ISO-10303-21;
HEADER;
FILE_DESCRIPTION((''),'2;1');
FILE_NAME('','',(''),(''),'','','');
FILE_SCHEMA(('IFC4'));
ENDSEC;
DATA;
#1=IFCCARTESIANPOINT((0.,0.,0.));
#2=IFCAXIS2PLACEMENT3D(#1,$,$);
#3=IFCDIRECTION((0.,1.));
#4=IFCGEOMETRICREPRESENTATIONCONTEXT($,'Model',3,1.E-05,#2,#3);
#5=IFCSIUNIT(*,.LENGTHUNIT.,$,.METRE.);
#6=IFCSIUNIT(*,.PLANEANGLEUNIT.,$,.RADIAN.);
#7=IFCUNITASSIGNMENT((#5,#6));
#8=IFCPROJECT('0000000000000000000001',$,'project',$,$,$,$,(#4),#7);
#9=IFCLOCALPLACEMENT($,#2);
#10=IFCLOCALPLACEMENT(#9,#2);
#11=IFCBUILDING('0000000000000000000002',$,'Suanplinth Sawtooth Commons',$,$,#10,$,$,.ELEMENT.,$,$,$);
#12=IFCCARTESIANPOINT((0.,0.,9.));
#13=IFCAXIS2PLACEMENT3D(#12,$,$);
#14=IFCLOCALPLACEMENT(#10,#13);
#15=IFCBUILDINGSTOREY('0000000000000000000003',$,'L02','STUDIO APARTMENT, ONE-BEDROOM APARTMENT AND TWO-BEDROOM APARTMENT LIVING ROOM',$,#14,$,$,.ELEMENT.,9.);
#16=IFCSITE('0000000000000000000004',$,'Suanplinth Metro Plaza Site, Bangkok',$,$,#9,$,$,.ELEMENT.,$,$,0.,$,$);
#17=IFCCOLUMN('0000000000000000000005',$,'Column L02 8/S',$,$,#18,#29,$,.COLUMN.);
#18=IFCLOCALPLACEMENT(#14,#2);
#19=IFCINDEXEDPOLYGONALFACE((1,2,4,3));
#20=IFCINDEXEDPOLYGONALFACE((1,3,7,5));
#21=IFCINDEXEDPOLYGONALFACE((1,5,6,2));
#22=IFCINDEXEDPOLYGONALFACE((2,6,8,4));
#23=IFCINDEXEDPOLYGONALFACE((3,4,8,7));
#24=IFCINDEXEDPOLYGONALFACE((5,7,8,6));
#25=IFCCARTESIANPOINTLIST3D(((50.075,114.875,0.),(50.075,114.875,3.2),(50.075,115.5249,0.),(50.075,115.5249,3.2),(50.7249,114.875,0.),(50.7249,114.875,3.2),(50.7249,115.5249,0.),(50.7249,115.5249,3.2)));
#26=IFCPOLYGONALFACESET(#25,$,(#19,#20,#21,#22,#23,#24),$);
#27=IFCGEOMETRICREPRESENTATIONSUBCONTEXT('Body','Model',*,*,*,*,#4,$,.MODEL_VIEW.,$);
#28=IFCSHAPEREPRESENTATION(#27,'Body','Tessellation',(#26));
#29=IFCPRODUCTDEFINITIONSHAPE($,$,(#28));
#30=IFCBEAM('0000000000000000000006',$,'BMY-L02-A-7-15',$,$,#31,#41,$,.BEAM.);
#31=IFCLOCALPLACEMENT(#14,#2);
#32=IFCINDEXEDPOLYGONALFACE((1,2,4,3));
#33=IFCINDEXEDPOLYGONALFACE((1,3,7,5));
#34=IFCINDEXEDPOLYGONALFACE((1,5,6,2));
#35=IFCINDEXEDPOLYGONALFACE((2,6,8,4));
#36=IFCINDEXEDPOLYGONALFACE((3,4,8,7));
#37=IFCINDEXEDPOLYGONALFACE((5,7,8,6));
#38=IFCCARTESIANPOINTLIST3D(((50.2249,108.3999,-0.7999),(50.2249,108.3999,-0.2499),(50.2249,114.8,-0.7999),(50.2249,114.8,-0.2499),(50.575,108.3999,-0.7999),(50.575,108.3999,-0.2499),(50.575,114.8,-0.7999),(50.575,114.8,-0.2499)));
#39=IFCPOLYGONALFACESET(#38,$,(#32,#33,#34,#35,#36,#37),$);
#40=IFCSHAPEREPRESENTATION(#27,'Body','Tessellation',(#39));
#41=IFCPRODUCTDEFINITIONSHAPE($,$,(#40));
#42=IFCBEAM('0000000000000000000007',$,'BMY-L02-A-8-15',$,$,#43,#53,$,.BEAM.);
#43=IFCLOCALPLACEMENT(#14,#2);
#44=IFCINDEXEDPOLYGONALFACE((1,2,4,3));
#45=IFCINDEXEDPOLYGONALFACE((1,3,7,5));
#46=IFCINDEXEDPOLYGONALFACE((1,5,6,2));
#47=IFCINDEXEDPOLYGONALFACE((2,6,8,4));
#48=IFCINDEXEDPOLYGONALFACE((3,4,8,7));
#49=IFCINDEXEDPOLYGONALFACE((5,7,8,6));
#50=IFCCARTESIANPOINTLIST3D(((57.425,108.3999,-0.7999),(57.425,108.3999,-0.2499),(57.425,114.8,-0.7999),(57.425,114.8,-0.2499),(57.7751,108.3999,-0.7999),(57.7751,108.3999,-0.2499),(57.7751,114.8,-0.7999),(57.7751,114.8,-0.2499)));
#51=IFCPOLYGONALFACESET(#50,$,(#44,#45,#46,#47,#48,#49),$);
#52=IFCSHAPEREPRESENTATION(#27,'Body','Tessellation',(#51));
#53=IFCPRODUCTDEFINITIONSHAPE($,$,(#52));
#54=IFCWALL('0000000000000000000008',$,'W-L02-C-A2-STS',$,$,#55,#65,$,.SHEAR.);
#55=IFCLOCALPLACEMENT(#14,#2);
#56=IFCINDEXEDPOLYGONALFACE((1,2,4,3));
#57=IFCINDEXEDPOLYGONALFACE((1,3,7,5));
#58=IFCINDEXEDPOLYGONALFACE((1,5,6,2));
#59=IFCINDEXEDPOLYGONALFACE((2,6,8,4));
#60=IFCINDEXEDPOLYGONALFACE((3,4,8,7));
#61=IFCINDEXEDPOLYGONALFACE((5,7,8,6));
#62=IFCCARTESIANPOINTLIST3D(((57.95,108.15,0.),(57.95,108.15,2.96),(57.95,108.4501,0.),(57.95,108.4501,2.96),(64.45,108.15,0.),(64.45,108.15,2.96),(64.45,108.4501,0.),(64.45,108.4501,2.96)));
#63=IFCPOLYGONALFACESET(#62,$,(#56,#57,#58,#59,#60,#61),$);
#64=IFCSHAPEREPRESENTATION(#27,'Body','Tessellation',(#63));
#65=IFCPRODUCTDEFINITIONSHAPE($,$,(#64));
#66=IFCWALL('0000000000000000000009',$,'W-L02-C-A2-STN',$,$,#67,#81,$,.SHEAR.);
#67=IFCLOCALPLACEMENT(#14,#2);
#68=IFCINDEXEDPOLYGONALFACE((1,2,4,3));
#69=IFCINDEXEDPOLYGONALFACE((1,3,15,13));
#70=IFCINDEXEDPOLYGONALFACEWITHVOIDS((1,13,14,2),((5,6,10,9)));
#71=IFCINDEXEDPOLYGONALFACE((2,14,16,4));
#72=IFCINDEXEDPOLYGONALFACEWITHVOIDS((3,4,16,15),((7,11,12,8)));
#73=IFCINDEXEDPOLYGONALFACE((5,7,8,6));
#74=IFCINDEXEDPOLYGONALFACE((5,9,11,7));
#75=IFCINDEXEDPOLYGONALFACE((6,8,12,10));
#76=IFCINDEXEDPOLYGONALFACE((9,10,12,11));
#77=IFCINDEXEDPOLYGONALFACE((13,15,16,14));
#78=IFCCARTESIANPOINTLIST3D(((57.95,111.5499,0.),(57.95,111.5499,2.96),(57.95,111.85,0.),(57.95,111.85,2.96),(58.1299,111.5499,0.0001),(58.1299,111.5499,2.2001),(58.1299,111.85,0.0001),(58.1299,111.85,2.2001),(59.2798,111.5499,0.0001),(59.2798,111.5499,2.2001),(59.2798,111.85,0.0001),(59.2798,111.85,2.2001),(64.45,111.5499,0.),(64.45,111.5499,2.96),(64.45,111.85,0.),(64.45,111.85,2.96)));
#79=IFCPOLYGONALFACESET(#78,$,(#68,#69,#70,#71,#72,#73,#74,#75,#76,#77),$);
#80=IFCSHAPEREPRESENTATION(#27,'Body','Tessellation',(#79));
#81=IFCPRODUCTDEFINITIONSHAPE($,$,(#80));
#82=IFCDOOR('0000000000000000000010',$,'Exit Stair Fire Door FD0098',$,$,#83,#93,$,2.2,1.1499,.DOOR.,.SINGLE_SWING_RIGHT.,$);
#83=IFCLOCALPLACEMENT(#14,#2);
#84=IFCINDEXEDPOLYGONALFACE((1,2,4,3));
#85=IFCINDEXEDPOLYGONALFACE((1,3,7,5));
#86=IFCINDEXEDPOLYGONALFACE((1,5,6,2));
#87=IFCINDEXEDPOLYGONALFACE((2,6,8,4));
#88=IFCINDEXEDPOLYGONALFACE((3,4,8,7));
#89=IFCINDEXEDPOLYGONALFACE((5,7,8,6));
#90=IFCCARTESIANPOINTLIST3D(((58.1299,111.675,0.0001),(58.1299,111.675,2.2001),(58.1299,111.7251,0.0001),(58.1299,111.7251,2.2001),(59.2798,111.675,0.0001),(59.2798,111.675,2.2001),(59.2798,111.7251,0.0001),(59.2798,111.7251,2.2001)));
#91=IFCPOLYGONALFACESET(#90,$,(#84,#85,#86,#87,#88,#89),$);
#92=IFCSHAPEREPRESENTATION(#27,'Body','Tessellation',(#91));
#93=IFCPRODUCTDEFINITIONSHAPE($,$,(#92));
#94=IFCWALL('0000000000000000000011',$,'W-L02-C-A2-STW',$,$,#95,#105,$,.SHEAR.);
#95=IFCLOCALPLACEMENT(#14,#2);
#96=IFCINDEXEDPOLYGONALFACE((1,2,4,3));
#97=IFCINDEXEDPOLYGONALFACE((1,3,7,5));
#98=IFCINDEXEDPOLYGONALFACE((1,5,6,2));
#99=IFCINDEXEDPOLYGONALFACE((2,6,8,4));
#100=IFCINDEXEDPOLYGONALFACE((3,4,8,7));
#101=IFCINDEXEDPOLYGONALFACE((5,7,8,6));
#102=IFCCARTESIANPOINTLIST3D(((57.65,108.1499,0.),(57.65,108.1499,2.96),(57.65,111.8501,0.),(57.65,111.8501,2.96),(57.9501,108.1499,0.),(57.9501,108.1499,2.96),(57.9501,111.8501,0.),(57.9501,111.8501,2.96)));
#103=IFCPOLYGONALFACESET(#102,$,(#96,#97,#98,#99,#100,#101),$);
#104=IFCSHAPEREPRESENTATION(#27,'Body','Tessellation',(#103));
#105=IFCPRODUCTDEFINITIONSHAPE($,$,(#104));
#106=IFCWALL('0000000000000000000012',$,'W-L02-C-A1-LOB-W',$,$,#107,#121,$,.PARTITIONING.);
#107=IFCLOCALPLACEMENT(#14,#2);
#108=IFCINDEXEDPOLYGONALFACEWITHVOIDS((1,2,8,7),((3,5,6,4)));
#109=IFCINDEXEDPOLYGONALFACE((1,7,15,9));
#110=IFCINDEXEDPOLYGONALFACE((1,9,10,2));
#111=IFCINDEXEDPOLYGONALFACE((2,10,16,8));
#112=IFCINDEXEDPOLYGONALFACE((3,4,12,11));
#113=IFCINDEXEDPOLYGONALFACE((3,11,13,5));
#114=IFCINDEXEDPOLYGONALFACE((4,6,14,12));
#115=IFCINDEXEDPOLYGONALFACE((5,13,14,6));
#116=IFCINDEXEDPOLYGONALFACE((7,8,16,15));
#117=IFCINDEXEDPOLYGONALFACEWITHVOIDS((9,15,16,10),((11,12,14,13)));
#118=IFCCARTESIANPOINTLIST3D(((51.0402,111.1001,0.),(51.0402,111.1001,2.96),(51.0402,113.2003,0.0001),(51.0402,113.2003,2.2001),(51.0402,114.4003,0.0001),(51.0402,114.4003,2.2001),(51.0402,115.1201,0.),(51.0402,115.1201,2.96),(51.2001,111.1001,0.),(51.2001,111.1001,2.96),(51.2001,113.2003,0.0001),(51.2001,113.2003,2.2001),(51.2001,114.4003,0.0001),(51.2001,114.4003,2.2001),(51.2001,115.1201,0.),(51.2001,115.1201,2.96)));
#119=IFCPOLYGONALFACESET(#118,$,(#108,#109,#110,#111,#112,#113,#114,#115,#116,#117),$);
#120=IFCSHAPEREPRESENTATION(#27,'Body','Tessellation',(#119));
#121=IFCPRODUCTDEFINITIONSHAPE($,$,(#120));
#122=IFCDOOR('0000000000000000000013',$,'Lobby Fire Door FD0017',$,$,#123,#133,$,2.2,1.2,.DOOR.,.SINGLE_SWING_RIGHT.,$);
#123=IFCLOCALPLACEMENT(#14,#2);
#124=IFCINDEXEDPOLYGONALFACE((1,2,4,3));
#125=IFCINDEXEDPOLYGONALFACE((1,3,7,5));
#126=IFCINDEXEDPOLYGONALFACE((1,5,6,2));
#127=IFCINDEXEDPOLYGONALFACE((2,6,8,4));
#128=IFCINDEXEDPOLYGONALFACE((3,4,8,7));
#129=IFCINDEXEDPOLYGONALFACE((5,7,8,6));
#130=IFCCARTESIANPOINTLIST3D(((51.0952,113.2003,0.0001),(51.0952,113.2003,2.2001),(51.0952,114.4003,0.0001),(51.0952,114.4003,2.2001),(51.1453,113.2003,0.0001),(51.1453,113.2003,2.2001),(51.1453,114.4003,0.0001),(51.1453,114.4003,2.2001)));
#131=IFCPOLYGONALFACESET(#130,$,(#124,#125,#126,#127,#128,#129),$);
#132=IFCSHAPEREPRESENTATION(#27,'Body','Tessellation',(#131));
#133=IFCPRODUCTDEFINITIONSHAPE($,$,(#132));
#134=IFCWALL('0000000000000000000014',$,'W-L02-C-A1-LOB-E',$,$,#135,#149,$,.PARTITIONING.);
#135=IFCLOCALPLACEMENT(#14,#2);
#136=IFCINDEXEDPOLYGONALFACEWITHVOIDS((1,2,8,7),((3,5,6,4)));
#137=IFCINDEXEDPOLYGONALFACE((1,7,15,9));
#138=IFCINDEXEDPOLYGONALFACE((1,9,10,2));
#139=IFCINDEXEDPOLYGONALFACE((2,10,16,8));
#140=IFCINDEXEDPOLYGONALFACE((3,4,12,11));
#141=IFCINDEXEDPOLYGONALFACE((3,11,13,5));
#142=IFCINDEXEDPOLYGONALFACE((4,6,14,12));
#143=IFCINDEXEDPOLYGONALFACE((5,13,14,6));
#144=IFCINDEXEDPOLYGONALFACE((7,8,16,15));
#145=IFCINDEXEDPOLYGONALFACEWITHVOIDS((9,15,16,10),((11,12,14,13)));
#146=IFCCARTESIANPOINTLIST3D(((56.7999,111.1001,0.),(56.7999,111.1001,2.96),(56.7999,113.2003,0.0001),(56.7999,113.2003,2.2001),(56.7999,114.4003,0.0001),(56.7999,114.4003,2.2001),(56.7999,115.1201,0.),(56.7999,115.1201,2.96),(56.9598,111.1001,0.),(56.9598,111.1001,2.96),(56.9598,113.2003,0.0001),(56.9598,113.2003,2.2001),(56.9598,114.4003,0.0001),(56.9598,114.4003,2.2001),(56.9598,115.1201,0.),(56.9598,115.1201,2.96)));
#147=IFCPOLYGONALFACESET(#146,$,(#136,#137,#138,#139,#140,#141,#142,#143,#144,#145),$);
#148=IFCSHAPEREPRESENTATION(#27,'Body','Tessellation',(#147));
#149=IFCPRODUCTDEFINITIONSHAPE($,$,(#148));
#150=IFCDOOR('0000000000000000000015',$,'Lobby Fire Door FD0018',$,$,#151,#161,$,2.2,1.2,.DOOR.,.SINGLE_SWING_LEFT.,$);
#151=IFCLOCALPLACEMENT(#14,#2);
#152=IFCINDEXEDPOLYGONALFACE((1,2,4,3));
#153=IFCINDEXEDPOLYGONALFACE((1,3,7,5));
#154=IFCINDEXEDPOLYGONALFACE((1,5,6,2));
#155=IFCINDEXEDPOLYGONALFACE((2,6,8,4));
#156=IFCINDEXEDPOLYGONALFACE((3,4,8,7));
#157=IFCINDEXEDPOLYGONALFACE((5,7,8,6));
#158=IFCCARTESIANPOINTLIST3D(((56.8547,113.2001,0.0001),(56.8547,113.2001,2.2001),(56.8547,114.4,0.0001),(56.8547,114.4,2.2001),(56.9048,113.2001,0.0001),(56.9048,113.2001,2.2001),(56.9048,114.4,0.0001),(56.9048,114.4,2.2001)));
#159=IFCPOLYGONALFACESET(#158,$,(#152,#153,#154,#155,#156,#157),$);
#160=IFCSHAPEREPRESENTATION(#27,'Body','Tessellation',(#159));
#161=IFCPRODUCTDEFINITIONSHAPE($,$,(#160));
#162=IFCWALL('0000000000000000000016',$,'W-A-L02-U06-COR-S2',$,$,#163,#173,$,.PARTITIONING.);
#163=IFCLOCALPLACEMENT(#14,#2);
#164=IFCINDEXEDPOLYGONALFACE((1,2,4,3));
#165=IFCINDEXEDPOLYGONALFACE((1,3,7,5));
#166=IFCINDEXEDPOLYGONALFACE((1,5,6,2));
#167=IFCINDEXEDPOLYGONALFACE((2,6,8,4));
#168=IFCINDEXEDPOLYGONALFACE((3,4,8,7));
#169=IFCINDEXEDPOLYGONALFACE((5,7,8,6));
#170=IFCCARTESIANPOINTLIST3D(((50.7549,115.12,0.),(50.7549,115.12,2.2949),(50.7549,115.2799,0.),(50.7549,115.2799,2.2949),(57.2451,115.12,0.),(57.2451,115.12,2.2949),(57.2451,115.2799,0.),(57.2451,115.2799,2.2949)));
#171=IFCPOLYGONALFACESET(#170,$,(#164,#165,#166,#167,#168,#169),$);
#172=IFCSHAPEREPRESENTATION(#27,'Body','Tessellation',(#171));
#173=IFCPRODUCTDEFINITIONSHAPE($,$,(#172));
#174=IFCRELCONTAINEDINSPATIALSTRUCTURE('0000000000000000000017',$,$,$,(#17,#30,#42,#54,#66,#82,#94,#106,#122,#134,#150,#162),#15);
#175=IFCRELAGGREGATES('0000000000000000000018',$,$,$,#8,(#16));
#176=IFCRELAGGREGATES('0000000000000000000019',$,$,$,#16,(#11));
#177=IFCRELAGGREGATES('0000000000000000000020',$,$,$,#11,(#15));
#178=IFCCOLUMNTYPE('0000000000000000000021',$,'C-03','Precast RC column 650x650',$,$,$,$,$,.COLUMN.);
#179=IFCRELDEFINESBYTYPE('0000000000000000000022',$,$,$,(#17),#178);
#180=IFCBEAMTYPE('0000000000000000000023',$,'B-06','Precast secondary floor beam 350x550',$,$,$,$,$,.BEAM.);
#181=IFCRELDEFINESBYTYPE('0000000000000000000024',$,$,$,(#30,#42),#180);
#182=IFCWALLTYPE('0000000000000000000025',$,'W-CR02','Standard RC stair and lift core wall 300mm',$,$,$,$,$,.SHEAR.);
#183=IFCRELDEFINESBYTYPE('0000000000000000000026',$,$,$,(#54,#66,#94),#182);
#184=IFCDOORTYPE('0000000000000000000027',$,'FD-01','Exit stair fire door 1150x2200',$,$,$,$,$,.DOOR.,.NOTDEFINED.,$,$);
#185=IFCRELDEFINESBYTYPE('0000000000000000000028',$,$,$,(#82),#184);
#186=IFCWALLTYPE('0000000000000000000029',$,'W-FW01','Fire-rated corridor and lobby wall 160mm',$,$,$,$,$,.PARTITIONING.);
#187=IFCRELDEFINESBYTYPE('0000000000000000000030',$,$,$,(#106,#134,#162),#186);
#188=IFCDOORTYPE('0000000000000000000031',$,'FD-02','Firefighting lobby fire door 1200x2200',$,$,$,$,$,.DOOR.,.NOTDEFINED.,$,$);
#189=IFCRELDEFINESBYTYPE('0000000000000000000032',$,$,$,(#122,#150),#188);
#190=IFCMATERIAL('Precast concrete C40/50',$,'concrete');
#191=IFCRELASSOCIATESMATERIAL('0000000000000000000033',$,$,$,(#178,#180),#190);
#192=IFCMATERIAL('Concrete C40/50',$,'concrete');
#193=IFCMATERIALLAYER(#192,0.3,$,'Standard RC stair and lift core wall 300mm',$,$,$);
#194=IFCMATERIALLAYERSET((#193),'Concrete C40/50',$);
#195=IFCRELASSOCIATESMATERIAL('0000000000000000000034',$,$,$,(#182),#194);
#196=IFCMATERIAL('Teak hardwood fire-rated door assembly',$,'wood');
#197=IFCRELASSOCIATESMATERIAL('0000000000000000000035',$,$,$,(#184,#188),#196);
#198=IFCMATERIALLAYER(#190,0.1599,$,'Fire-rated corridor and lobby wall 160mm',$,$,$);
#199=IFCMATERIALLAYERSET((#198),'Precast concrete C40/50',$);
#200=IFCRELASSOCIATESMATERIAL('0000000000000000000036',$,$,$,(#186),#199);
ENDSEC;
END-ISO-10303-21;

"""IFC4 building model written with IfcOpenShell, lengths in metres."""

from ifc_helpers import new_model, si_unit, direction, frame, frame_2d, origin, origin_2d, place, context, subcontext, project, spatial, rectangle, extrude, material, layer, layer_set, material_profile, profile_set, type_object, element, fill, save


model = new_model("IFC4")

# Units and contexts
model_context = context("Model", 3, precision=1e-05, world=origin(), true_north=direction((0.0, 1.0)))
body_context = subcontext(model_context, "Body", "Model", "MODEL_VIEW")
ifc_project = project(units=[si_unit("LENGTHUNIT", "METRE"), si_unit("PLANEANGLEUNIT", "RADIAN")], contexts=[model_context])

# Site, building, storey
site_placement = place(None, origin())
site = spatial("IfcSite", under=ifc_project, at=site_placement, Name="Suanplinth Metro Plaza Site, Bangkok", CompositionType="ELEMENT", RefElevation=0.0)
building_placement = place(site_placement, origin())
building = spatial("IfcBuilding", under=site, at=building_placement, Name="Suanplinth Sawtooth Commons", CompositionType="ELEMENT")
storey_placement = place(building_placement, frame((0.0, 0.0, 9.0)))
storey = spatial("IfcBuildingStorey", under=building, at=storey_placement, Name="L02", Description="STUDIO APARTMENT, ONE-BEDROOM APARTMENT AND TWO-BEDROOM APARTMENT LIVING ROOM", CompositionType="ELEMENT", Elevation=9.0)

# Column
ifc_material_1 = material(Name="Precast concrete C40/50", Category="concrete")
ifc_material_profile_1 = material_profile(ifc_material_1, rectangle(XDim=0.6499, YDim=0.6499, at=origin_2d()), Name="PC-COL 650x650")
ifc_profile_set_1 = profile_set([ifc_material_profile_1], Name="Precast concrete C40/50")
column_type = type_object("IfcColumnType", Name="C-03", Description="Precast RC column 650x650", PredefinedType="COLUMN", material=ifc_profile_set_1)
column_placement = place(storey_placement, frame((50.3999, 115.2, 0.0), z_axis=(0.0, 0.0, 1.0), x_axis=(1.0, 0.0, 0.0)))
element("IfcColumn", 1, at=column_placement, inside=storey, type_object=column_type, Name="Column L02 8/S", PredefinedType="COLUMN", context=body_context, shape_type="SweptSolid", body=[
    extrude(rectangle(XDim=0.6499, YDim=0.6499, at=origin_2d()), origin(), (0.0, 0.0, 1.0), 3.2),
])

# Beams
ifc_material_profile_2 = material_profile(ifc_material_1, rectangle(XDim=0.3501, YDim=0.55, at=origin_2d()), Name="PC-BM 350x550")
ifc_profile_set_2 = profile_set([ifc_material_profile_2], Name="Precast concrete C40/50")
beam_type = type_object("IfcBeamType", Name="B-06", Description="Precast secondary floor beam 350x550", PredefinedType="BEAM", material=ifc_profile_set_2)
for number, where, z_axis, x_axis, name in (
    (2, (50.3999, 108.3999, -0.5249), (0.0, 1.0, 0.0), (-1.0, 0.0, 0.0), "BMY-L02-A-7-15"),
    (3, (57.6001, 108.3999, -0.5249), (0.0, 1.0, 0.0), (-1.0, 0.0, 0.0), "BMY-L02-A-8-15"),
):
    element("IfcBeam", number, at=place(storey_placement, frame(where, z_axis=z_axis, x_axis=x_axis)), inside=storey, type_object=beam_type, Name=name, PredefinedType="BEAM", context=body_context, shape_type="SweptSolid", body=[
        extrude(rectangle(XDim=0.3501, YDim=0.55, at=origin_2d()), origin(), (0.0, 0.0, 1.0), 6.4001),
    ])

# Wall
ifc_material_2 = material(Name="Concrete C40/50", Category="concrete")
ifc_layer_1 = layer(ifc_material_2, 0.3, Name="Standard RC stair and lift core wall 300mm")
ifc_layer_set_1 = layer_set([ifc_layer_1], Name="Concrete C40/50")
wall_type_1 = type_object("IfcWallType", Name="W-CR02", Description="Standard RC stair and lift core wall 300mm", PredefinedType="SHEAR", material=ifc_layer_set_1)
wall_1_placement = place(storey_placement, frame((57.95, 108.3, 0.0), z_axis=(0.0, 0.0, 1.0), x_axis=(1.0, 0.0, 0.0)))
element("IfcWall", 4, at=wall_1_placement, inside=storey, type_object=wall_type_1, Name="W-L02-C-A2-STS", PredefinedType="SHEAR", context=body_context, shape_type="SweptSolid", body=[
    extrude(rectangle(XDim=6.5, YDim=0.3, at=frame_2d((3.25, 0.0))), origin(), (0.0, 0.0, 1.0), 2.96),
])

# Wall, opening, door
wall_2_placement = place(storey_placement, frame((57.95, 111.7, 0.0), z_axis=(0.0, 0.0, 1.0), x_axis=(1.0, 0.0, 0.0)))
wall_2 = element("IfcWall", 5, at=wall_2_placement, inside=storey, type_object=wall_type_1, Name="W-L02-C-A2-STN", PredefinedType="SHEAR", context=body_context, shape_type="SweptSolid", body=[
    extrude(rectangle(XDim=6.5, YDim=0.3, at=frame_2d((3.25, 0.0))), origin(), (0.0, 0.0, 1.0), 2.96),
])
opening_1_placement = place(wall_2_placement, frame((0.1799, 0.0, 0.0)))
opening_1 = element("IfcOpeningElement", 6, at=opening_1_placement, cuts=wall_2, PredefinedType="OPENING", context=body_context, shape_type="SweptSolid", body=[
    extrude(rectangle(XDim=1.1499, YDim=2.2, at=frame_2d((0.575, 1.1001))), frame((0.0, 0.165, 0.0), z_axis=(0.0, -1.0, 0.0), x_axis=(1.0, 0.0, 0.0)), (0.0, 0.0, 1.0), 0.3298),
])
ifc_material_3 = material(Name="Teak hardwood fire-rated door assembly", Category="wood")
door_type_1 = type_object("IfcDoorType", Name="FD-01", Description="Exit stair fire door 1150x2200", OperationType="NOTDEFINED", PredefinedType="DOOR", material=ifc_material_3)
door_1_placement = place(opening_1_placement, frame((1.1499, 0.0, 0.0), z_axis=(0.0, 0.0, 1.0), x_axis=(-1.0, 0.0, 0.0)))
door_1 = element("IfcDoor", 7, at=door_1_placement, inside=storey, type_object=door_type_1, Name="Exit Stair Fire Door FD0098", OperationType="SINGLE_SWING_RIGHT", OverallHeight=2.2, OverallWidth=1.1499, PredefinedType="DOOR", context=body_context, shape_type="SweptSolid", body=[
    extrude(rectangle(XDim=1.1499, YDim=2.2, at=frame_2d((0.575, 1.1001))), frame((0.0, 0.0249, 0.0), z_axis=(0.0, -1.0, 0.0), x_axis=(1.0, 0.0, 0.0)), (0.0, 0.0, 1.0), 0.05),
])
fill(opening_1, door_1)

# Wall
wall_3_placement = place(storey_placement, frame((57.8, 108.1499, 0.0), z_axis=(0.0, 0.0, 1.0), x_axis=(0.0, 1.0, 0.0)))
element("IfcWall", 8, at=wall_3_placement, inside=storey, type_object=wall_type_1, Name="W-L02-C-A2-STW", PredefinedType="SHEAR", context=body_context, shape_type="SweptSolid", body=[
    extrude(rectangle(XDim=3.7002, YDim=0.3, at=frame_2d((1.8501, 0.0))), origin(), (0.0, 0.0, 1.0), 2.96),
])

# Walls, openings, doors
ifc_layer_2 = layer(ifc_material_1, 0.1599, Name="Fire-rated corridor and lobby wall 160mm")
ifc_layer_set_2 = layer_set([ifc_layer_2], Name="Precast concrete C40/50")
wall_type_2 = type_object("IfcWallType", Name="W-FW01", Description="Fire-rated corridor and lobby wall 160mm", PredefinedType="PARTITIONING", material=ifc_layer_set_2)
wall_4_placement = place(storey_placement, frame((51.1201, 111.1001, 0.0), z_axis=(0.0, 0.0, 1.0), x_axis=(0.0, 1.0, 0.0)))
wall_4 = element("IfcWall", 9, at=wall_4_placement, inside=storey, type_object=wall_type_2, Name="W-L02-C-A1-LOB-W", PredefinedType="PARTITIONING", context=body_context, shape_type="SweptSolid", body=[
    extrude(rectangle(XDim=4.02, YDim=0.1599, at=frame_2d((2.01, 0.0))), origin(), (0.0, 0.0, 1.0), 2.96),
])
opening_2_placement = place(wall_4_placement, frame((2.1001, 0.0, 0.0)))
opening_2 = element("IfcOpeningElement", 10, at=opening_2_placement, cuts=wall_4, PredefinedType="OPENING", context=body_context, shape_type="SweptSolid", body=[
    extrude(rectangle(XDim=1.2, YDim=2.2, at=frame_2d((0.6001, 1.1001))), frame((0.0, 0.0947, 0.0), z_axis=(0.0, -1.0, 0.0), x_axis=(1.0, 0.0, 0.0)), (0.0, 0.0, 1.0), 0.1897),
])
door_type_2 = type_object("IfcDoorType", Name="FD-02", Description="Firefighting lobby fire door 1200x2200", OperationType="NOTDEFINED", PredefinedType="DOOR", material=ifc_material_3)
door_2_placement = place(opening_2_placement, origin())
door_2 = element("IfcDoor", 11, at=door_2_placement, inside=storey, type_object=door_type_2, Name="Lobby Fire Door FD0017", OperationType="SINGLE_SWING_RIGHT", OverallHeight=2.2, OverallWidth=1.2, PredefinedType="DOOR", context=body_context, shape_type="SweptSolid", body=[
    extrude(rectangle(XDim=1.2, YDim=2.2, at=frame_2d((0.6001, 1.1001))), frame((0.0, 0.0249, 0.0), z_axis=(0.0, -1.0, 0.0), x_axis=(1.0, 0.0, 0.0)), (0.0, 0.0, 1.0), 0.05),
])
fill(opening_2, door_2)
wall_5_placement = place(storey_placement, frame((56.8799, 111.1001, 0.0), z_axis=(0.0, 0.0, 1.0), x_axis=(0.0, 1.0, 0.0)))
wall_5 = element("IfcWall", 12, at=wall_5_placement, inside=storey, type_object=wall_type_2, Name="W-L02-C-A1-LOB-E", PredefinedType="PARTITIONING", context=body_context, shape_type="SweptSolid", body=[
    extrude(rectangle(XDim=4.02, YDim=0.1599, at=frame_2d((2.01, 0.0))), origin(), (0.0, 0.0, 1.0), 2.96),
])
opening_3_placement = place(wall_5_placement, frame((2.1001, 0.0, 0.0)))
opening_3 = element("IfcOpeningElement", 13, at=opening_3_placement, cuts=wall_5, PredefinedType="OPENING", context=body_context, shape_type="SweptSolid", body=[
    extrude(rectangle(XDim=1.2, YDim=2.2, at=frame_2d((0.6001, 1.1001))), frame((0.0, 0.0947, 0.0), z_axis=(0.0, -1.0, 0.0), x_axis=(1.0, 0.0, 0.0)), (0.0, 0.0, 1.0), 0.1897),
])
door_3_placement = place(opening_3_placement, frame((1.2, 0.0, 0.0), z_axis=(0.0, 0.0, 1.0), x_axis=(-1.0, 0.0, 0.0)))
door_3 = element("IfcDoor", 14, at=door_3_placement, inside=storey, type_object=door_type_2, Name="Lobby Fire Door FD0018", OperationType="SINGLE_SWING_LEFT", OverallHeight=2.2, OverallWidth=1.2, PredefinedType="DOOR", context=body_context, shape_type="SweptSolid", body=[
    extrude(rectangle(XDim=1.2, YDim=2.2, at=frame_2d((0.6001, 1.1001))), frame((0.0, 0.0249, 0.0), z_axis=(0.0, -1.0, 0.0), x_axis=(1.0, 0.0, 0.0)), (0.0, 0.0, 1.0), 0.05),
])
fill(opening_3, door_3)

# Wall
wall_6_placement = place(storey_placement, frame((50.7549, 115.2, 0.0), z_axis=(0.0, 0.0, 1.0), x_axis=(1.0, 0.0, 0.0)))
element("IfcWall", 15, at=wall_6_placement, inside=storey, type_object=wall_type_2, Name="W-A-L02-U06-COR-S2", PredefinedType="PARTITIONING", context=body_context, shape_type="SweptSolid", body=[
    extrude(rectangle(XDim=6.4902, YDim=0.1599, at=frame_2d((3.2451, 0.0))), origin(), (0.0, 0.0, 1.0), 2.2949),
])

save(model, "model.ifc")
